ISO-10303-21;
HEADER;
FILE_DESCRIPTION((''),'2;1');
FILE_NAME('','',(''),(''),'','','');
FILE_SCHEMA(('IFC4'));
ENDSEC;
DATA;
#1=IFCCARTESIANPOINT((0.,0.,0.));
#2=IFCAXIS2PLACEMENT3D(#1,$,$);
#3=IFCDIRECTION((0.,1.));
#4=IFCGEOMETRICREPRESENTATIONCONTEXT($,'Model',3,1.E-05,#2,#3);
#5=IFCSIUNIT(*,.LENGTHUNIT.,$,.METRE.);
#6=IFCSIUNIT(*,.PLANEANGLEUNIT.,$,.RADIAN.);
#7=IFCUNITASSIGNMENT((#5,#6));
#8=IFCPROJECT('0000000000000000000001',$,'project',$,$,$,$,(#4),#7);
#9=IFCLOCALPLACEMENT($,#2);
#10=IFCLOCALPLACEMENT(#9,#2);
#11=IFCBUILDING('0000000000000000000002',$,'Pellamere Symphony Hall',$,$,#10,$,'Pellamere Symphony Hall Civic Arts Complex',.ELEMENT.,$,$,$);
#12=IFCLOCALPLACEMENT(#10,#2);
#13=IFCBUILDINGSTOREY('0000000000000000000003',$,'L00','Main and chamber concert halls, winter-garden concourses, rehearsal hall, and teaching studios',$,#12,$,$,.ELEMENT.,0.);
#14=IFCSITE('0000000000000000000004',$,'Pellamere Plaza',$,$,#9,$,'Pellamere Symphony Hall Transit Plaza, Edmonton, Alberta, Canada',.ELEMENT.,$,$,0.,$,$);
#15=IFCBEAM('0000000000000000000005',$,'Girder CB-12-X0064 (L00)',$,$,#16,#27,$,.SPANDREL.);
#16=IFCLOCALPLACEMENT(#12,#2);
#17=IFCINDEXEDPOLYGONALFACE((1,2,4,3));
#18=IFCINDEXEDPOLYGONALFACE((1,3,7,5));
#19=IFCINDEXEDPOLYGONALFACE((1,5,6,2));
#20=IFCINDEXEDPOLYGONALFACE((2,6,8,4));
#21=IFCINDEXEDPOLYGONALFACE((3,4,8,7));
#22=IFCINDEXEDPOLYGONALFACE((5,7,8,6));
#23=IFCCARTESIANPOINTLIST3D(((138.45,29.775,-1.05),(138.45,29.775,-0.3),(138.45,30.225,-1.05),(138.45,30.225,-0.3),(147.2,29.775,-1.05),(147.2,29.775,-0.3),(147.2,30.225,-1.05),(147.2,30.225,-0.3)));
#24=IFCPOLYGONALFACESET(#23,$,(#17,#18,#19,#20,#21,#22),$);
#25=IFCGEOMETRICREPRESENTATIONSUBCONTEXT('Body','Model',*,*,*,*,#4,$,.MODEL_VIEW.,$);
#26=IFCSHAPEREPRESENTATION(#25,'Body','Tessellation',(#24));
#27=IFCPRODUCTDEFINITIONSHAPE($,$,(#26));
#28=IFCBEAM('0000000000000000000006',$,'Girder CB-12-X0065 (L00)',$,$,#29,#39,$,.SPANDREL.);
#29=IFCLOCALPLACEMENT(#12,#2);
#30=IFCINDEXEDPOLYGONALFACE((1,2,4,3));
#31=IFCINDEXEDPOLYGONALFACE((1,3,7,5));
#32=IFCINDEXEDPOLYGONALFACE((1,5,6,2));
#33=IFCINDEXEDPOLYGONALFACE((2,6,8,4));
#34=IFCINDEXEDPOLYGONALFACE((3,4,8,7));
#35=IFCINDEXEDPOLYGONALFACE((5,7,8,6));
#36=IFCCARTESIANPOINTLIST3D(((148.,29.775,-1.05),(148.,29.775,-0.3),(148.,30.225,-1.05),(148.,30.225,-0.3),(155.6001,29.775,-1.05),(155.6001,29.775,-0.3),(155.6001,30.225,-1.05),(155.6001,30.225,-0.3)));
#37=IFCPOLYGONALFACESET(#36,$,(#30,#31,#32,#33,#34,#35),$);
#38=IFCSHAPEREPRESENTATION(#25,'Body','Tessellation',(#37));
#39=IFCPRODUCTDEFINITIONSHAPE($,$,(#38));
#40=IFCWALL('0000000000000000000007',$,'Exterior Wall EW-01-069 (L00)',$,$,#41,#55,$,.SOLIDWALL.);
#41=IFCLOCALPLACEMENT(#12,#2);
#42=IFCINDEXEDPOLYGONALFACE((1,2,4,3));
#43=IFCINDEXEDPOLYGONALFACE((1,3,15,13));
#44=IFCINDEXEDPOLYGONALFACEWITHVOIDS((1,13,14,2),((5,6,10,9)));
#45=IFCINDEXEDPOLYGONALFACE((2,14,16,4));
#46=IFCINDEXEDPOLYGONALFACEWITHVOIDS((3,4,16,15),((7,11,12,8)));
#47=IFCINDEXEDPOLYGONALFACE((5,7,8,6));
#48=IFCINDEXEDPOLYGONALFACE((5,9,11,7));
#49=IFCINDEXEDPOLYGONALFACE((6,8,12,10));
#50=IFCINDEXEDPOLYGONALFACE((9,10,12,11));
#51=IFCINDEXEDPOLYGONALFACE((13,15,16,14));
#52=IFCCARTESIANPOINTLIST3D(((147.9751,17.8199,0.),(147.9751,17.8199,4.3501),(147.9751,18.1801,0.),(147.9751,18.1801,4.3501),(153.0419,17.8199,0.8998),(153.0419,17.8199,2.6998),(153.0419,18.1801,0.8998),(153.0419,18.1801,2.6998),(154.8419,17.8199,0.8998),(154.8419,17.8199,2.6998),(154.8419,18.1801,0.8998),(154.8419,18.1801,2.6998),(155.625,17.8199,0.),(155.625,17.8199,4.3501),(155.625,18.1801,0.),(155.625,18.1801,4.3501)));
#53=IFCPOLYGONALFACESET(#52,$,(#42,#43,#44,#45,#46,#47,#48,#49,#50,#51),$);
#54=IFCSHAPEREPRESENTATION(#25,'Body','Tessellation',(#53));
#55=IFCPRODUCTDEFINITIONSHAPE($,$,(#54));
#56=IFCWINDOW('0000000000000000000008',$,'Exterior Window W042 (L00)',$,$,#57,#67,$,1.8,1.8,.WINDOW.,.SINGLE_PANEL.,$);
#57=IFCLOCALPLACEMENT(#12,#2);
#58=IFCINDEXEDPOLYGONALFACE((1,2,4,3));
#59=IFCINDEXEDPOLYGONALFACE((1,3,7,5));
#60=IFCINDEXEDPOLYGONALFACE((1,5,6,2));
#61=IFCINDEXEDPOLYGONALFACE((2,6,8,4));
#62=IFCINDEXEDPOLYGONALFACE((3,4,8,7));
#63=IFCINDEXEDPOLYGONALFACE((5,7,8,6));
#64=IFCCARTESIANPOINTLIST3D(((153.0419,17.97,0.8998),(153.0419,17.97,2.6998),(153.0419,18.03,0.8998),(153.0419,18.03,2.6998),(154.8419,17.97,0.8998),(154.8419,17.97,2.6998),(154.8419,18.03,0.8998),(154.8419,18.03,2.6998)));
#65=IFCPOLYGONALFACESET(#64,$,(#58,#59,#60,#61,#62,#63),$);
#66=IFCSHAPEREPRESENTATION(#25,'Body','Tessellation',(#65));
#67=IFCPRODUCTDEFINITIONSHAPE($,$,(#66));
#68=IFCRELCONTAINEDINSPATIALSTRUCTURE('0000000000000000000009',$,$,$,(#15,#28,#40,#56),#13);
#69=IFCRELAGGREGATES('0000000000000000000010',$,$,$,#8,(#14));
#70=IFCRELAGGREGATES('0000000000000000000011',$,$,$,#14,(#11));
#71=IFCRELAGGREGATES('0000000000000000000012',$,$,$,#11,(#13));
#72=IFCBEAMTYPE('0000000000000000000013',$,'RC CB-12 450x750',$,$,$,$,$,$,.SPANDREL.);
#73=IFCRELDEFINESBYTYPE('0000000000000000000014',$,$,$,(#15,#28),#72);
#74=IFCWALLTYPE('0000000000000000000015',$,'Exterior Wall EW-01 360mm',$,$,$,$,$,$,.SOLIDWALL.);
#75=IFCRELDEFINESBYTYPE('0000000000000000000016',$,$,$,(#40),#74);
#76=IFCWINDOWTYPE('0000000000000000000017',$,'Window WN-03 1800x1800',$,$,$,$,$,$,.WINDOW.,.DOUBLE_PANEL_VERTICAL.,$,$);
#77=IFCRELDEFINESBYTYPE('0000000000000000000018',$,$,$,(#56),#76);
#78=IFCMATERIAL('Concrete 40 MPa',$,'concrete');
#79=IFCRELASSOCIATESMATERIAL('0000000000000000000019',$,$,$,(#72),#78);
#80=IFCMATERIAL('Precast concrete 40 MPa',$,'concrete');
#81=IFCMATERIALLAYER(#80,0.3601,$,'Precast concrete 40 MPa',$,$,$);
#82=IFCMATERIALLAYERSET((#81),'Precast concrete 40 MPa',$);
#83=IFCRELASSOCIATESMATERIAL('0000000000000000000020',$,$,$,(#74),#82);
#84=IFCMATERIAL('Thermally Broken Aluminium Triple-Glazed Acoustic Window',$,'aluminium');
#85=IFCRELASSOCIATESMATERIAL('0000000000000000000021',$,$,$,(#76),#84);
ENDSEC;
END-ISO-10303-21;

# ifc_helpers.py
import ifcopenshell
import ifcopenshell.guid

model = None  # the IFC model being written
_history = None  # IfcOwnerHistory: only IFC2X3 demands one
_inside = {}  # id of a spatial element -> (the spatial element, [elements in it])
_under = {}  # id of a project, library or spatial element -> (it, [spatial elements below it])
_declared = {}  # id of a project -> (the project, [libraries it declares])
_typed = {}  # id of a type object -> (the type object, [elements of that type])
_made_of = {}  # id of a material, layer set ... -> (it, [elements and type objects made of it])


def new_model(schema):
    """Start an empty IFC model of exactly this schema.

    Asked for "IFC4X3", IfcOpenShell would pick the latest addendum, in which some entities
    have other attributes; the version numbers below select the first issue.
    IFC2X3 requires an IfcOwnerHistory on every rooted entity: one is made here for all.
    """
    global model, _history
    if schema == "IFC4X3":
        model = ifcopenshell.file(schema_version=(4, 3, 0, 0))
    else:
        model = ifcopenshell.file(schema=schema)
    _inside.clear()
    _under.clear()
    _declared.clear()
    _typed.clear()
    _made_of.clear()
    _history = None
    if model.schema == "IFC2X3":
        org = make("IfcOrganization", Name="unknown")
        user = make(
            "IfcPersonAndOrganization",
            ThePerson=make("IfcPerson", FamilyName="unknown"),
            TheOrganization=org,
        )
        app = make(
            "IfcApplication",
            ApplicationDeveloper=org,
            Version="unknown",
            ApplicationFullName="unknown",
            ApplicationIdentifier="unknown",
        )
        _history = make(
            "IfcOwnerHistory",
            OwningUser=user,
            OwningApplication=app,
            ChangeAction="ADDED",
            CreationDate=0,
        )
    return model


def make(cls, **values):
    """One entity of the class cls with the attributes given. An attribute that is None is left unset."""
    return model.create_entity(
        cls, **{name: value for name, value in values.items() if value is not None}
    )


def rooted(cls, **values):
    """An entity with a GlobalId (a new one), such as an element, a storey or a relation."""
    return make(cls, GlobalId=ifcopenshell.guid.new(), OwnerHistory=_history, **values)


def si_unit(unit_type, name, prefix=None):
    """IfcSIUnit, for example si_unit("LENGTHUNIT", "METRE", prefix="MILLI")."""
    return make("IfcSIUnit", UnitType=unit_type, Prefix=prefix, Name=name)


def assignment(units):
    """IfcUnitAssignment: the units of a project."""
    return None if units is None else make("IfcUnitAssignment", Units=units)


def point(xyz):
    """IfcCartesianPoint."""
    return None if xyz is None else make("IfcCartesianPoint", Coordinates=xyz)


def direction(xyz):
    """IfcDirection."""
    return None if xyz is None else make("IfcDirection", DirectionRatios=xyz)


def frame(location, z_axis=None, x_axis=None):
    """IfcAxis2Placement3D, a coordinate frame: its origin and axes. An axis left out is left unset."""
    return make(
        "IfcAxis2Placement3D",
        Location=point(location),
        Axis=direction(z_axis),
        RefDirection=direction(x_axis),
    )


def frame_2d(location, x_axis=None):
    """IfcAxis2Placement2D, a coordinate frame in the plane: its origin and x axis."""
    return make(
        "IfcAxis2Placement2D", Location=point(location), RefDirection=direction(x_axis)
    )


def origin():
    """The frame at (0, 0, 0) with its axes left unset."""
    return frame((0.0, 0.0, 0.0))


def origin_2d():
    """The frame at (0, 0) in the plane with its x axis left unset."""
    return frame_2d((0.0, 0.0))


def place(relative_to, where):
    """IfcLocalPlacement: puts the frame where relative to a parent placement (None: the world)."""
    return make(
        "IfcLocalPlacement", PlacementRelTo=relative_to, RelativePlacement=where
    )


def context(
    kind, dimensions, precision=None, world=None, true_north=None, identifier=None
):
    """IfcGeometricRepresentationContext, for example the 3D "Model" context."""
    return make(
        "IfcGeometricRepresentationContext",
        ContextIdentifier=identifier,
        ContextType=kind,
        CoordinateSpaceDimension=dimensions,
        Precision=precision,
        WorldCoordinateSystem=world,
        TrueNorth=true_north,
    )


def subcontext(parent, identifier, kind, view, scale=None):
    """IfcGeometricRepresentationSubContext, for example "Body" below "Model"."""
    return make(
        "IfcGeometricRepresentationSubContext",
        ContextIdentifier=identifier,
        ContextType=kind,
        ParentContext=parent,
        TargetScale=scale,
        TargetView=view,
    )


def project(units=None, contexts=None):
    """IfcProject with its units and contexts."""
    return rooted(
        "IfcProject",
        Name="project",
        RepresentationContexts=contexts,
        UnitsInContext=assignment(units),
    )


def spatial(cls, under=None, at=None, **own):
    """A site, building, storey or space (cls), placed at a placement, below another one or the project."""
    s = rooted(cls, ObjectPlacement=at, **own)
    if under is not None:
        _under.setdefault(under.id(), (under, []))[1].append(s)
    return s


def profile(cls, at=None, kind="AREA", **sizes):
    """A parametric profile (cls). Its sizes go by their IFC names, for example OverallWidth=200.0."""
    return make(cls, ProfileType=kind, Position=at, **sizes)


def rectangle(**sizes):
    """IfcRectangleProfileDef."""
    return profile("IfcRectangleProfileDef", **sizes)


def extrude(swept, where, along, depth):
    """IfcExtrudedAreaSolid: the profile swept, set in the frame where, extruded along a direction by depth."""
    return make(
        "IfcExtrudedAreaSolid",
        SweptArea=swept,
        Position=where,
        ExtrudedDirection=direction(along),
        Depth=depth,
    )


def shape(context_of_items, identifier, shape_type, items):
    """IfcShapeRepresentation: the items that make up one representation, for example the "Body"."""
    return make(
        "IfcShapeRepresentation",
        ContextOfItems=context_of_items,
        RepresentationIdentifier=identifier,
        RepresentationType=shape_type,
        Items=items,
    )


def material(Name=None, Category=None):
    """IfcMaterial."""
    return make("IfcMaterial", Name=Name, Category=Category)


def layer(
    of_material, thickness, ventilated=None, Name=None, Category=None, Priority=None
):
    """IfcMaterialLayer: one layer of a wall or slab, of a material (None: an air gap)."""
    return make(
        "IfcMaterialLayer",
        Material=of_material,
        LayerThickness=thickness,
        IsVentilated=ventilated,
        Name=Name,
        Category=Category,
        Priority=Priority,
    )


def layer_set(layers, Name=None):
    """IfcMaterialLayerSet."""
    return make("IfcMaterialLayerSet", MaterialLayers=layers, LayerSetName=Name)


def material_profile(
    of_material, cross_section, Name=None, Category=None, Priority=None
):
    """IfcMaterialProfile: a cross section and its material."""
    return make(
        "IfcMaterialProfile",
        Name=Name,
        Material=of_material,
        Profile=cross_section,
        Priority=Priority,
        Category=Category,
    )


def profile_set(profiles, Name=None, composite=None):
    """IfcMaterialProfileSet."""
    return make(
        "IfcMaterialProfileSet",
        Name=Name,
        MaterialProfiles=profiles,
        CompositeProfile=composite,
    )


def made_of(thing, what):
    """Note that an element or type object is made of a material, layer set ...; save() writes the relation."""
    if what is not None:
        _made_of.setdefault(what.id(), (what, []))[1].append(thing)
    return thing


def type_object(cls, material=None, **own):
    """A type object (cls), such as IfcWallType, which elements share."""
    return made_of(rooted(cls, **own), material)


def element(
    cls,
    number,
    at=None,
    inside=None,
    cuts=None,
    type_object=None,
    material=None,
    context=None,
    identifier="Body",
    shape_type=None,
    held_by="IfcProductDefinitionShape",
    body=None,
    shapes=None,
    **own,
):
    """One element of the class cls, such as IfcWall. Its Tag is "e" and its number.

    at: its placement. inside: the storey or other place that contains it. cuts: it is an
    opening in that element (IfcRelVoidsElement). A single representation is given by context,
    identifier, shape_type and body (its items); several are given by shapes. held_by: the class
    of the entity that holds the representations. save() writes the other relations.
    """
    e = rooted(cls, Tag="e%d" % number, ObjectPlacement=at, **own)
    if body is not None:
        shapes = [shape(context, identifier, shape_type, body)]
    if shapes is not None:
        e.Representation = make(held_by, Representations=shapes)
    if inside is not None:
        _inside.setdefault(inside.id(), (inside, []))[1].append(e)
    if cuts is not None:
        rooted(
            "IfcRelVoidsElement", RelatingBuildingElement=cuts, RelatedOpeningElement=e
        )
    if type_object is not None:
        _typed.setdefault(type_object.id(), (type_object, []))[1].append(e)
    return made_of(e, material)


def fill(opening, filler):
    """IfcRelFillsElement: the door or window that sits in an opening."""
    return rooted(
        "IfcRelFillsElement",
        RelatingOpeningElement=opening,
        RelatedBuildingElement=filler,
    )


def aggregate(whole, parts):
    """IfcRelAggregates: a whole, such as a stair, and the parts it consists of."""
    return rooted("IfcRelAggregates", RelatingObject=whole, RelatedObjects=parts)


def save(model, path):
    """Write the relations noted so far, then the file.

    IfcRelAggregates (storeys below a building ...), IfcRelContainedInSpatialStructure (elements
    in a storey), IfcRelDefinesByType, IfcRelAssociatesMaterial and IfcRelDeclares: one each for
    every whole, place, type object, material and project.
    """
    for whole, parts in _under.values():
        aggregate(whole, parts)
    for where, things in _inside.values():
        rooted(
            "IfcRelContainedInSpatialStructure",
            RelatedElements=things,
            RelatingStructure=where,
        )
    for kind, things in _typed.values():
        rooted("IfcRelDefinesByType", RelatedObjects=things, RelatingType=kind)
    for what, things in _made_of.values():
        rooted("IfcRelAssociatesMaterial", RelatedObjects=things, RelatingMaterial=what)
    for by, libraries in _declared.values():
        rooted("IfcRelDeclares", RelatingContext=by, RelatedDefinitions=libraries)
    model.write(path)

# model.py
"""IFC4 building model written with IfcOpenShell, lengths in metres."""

from ifc_helpers import new_model, si_unit, direction, frame, frame_2d, origin, origin_2d, place, context, subcontext, project, spatial, rectangle, extrude, material, layer, layer_set, material_profile, profile_set, type_object, element, fill, save


model = new_model("IFC4")

# Units and contexts
model_context = context("Model", 3, precision=1e-05, world=origin(), true_north=direction((0.0, 1.0)))
body_context = subcontext(model_context, "Body", "Model", "MODEL_VIEW")
ifc_project = project(units=[si_unit("LENGTHUNIT", "METRE"), si_unit("PLANEANGLEUNIT", "RADIAN")], contexts=[model_context])

# Site, building, storey
site_placement = place(None, origin())
site = spatial("IfcSite", under=ifc_project, at=site_placement, Name="Pellamere Plaza", LongName="Pellamere Symphony Hall Transit Plaza, Edmonton, Alberta, Canada", CompositionType="ELEMENT", RefElevation=0.0)
building_placement = place(site_placement, origin())
building = spatial("IfcBuilding", under=site, at=building_placement, Name="Pellamere Symphony Hall", LongName="Pellamere Symphony Hall Civic Arts Complex", CompositionType="ELEMENT")
storey_placement = place(building_placement, origin())
storey = spatial("IfcBuildingStorey", under=building, at=storey_placement, Name="L00", Description="Main and chamber concert halls, winter-garden concourses, rehearsal hall, and teaching studios", CompositionType="ELEMENT", Elevation=0.0)

# Shared definitions
ifc_material_1 = material(Name="Concrete 40 MPa", Category="concrete")

# Beams
ifc_material_profile_1 = material_profile(ifc_material_1, rectangle(XDim=0.45, YDim=0.75, at=origin_2d()), Name="RC 450x750")
ifc_profile_set_1 = profile_set([ifc_material_profile_1], Name="Concrete 40 MPa")
beam_type_1 = type_object("IfcBeamType", Name="RC CB-12 450x750", PredefinedType="SPANDREL", material=ifc_profile_set_1)
beam_1_placement = place(storey_placement, frame((138.45, 30.0, -0.675), z_axis=(1.0, 0.0, 0.0), x_axis=(0.0, 1.0, 0.0)))
element("IfcBeam", 1, at=beam_1_placement, inside=storey, type_object=beam_type_1, Name="Girder CB-12-X0064 (L00)", PredefinedType="SPANDREL", context=body_context, shape_type="SweptSolid", body=[
    extrude(rectangle(XDim=0.45, YDim=0.75, at=origin_2d()), origin(), (0.0, 0.0, 1.0), 8.75),
])
beam_2_placement = place(storey_placement, frame((148.0, 30.0, -0.675), z_axis=(1.0, 0.0, 0.0), x_axis=(0.0, 1.0, 0.0)))
element("IfcBeam", 2, at=beam_2_placement, inside=storey, type_object=beam_type_1, Name="Girder CB-12-X0065 (L00)", PredefinedType="SPANDREL", context=body_context, shape_type="SweptSolid", body=[
    extrude(rectangle(XDim=0.45, YDim=0.75, at=origin_2d()), origin(), (0.0, 0.0, 1.0), 7.6001),
])

# Wall, opening, window
ifc_material_2 = material(Name="Precast concrete 40 MPa", Category="concrete")
ifc_layer = layer(ifc_material_2, 0.3601, Name="Precast concrete 40 MPa")
ifc_layer_set = layer_set([ifc_layer], Name="Precast concrete 40 MPa")
wall_type = type_object("IfcWallType", Name="Exterior Wall EW-01 360mm", PredefinedType="SOLIDWALL", material=ifc_layer_set)
wall_placement = place(storey_placement, frame((147.9751, 18.0, 0.0), z_axis=(0.0, 0.0, 1.0), x_axis=(1.0, 0.0, 0.0)))
wall = element("IfcWall", 3, at=wall_placement, inside=storey, type_object=wall_type, Name="Exterior Wall EW-01-069 (L00)", PredefinedType="SOLIDWALL", context=body_context, shape_type="SweptSolid", body=[
    extrude(rectangle(XDim=7.6499, YDim=0.3601, at=frame_2d((3.825, 0.0))), origin(), (0.0, 0.0, 1.0), 4.3501),
])
opening_placement = place(wall_placement, frame((5.0669, 0.0, 0.8999)))
opening = element("IfcOpeningElement", 4, at=opening_placement, cuts=wall, PredefinedType="OPENING", context=body_context, shape_type="SweptSolid", body=[
    extrude(rectangle(XDim=1.8, YDim=1.8, at=frame_2d((0.8999, 0.8999))), frame((0.0, 0.1899, 0.0), z_axis=(0.0, -1.0, 0.0), x_axis=(1.0, 0.0, 0.0)), (0.0, 0.0, 1.0), 0.3801),
])
ifc_material_3 = material(Name="Thermally Broken Aluminium Triple-Glazed Acoustic Window", Category="aluminium")
window_type = type_object("IfcWindowType", Name="Window WN-03 1800x1800", PartitioningType="DOUBLE_PANEL_VERTICAL", PredefinedType="WINDOW", material=ifc_material_3)
window_placement = place(opening_placement, origin())
window = element("IfcWindow", 5, at=window_placement, inside=storey, type_object=window_type, Name="Exterior Window W042 (L00)", OverallHeight=1.8, OverallWidth=1.8, PartitioningType="SINGLE_PANEL", PredefinedType="WINDOW", context=body_context, shape_type="SweptSolid", body=[
    extrude(rectangle(XDim=1.8, YDim=1.8, at=frame_2d((0.8999, 0.8999))), frame((0.0, 0.03, 0.0), z_axis=(0.0, -1.0, 0.0), x_axis=(1.0, 0.0, 0.0)), (0.0, 0.0, 1.0), 0.0601),
])
fill(opening, window)

save(model, "model.ifc")
